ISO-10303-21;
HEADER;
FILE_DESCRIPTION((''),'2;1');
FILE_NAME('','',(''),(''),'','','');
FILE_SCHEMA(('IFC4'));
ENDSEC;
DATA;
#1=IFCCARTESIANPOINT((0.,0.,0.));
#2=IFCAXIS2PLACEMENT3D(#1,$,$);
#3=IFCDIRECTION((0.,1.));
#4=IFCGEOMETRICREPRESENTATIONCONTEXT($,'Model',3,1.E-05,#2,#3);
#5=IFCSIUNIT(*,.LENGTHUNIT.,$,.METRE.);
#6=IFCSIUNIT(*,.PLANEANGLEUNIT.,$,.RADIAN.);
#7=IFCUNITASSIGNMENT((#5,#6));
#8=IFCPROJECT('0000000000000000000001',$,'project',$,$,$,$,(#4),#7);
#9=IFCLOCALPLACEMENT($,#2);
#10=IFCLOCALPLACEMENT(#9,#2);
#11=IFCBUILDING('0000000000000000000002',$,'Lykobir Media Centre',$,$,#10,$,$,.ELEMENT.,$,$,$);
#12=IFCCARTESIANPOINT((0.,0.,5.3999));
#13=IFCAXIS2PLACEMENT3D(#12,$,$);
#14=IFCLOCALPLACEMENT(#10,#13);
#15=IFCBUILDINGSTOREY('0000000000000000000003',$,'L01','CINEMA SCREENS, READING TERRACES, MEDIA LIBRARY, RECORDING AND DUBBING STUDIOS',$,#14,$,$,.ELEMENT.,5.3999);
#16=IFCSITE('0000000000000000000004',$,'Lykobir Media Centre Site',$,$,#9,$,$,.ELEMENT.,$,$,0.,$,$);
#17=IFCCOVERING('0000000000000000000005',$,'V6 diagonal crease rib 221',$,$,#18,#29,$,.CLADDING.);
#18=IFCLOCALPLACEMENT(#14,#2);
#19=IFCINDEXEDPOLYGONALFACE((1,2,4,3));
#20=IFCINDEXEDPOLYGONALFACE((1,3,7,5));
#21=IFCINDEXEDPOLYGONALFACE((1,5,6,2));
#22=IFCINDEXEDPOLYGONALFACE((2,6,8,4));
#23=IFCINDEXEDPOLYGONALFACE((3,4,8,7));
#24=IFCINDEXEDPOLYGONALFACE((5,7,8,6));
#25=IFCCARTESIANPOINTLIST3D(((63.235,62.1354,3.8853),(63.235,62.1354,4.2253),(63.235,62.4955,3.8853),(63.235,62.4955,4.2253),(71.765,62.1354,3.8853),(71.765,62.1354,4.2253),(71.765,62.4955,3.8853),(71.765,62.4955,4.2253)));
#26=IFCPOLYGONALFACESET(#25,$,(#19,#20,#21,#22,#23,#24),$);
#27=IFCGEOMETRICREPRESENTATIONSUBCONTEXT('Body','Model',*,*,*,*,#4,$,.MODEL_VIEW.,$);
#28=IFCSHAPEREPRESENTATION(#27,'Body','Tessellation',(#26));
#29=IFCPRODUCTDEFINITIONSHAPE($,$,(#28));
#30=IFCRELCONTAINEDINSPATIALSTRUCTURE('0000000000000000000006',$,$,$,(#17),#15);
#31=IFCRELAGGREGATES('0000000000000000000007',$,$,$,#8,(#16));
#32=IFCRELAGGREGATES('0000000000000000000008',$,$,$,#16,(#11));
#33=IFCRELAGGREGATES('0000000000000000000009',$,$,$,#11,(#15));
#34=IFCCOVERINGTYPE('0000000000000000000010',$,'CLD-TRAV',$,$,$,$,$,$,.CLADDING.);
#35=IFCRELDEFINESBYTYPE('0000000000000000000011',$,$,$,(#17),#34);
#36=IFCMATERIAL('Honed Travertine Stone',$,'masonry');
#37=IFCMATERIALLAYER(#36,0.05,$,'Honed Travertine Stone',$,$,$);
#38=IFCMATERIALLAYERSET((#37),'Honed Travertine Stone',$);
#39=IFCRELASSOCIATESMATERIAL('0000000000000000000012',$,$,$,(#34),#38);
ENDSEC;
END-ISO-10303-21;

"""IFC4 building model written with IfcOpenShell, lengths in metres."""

from ifc_helpers import new_model, si_unit, direction, frame, origin, origin_2d, place, context, subcontext, project, spatial, rectangle, extrude, material, layer, layer_set, type_object, element, save


model = new_model("IFC4")

# Units and contexts
model_context = context("Model", 3, precision=1e-05, world=origin(), true_north=direction((0.0, 1.0)))
body_context = subcontext(model_context, "Body", "Model", "MODEL_VIEW")
ifc_project = project(units=[si_unit("LENGTHUNIT", "METRE"), si_unit("PLANEANGLEUNIT", "RADIAN")], contexts=[model_context])

# Site, building, storey
site_placement = place(None, origin())
site = spatial("IfcSite", under=ifc_project, at=site_placement, Name="Lykobir Media Centre Site", CompositionType="ELEMENT", RefElevation=0.0)
building_placement = place(site_placement, origin())
building = spatial("IfcBuilding", under=site, at=building_placement, Name="Lykobir Media Centre", CompositionType="ELEMENT")
storey_placement = place(building_placement, frame((0.0, 0.0, 5.3999)))
storey = spatial("IfcBuildingStorey", under=building, at=storey_placement, Name="L01", Description="CINEMA SCREENS, READING TERRACES, MEDIA LIBRARY, RECORDING AND DUBBING STUDIOS", CompositionType="ELEMENT", Elevation=5.3999)

# Covering
ifc_material_1 = material(Name="Honed Travertine Stone", Category="masonry")
ifc_layer_1 = layer(ifc_material_1, 0.05, Name="Honed Travertine Stone")
ifc_layer_set_1 = layer_set([ifc_layer_1], Name="Honed Travertine Stone")
covering_type = type_object("IfcCoveringType", Name="CLD-TRAV", PredefinedType="CLADDING", material=ifc_layer_set_1)
covering_placement = place(storey_placement, frame((67.5, 62.3154, 3.8853), z_axis=(0.0, 0.0, 1.0), x_axis=(1.0, 0.0, 0.0)))
element("IfcCovering", 1, at=covering_placement, inside=storey, type_object=covering_type, Name="V6 diagonal crease rib 221", PredefinedType="CLADDING", context=body_context, shape_type="SweptSolid", body=[
    extrude(rectangle(XDim=8.53, YDim=0.3601, at=origin_2d()), origin(), (0.0, 0.0, 1.0), 0.3401),
])

save(model, "model.ifc")
